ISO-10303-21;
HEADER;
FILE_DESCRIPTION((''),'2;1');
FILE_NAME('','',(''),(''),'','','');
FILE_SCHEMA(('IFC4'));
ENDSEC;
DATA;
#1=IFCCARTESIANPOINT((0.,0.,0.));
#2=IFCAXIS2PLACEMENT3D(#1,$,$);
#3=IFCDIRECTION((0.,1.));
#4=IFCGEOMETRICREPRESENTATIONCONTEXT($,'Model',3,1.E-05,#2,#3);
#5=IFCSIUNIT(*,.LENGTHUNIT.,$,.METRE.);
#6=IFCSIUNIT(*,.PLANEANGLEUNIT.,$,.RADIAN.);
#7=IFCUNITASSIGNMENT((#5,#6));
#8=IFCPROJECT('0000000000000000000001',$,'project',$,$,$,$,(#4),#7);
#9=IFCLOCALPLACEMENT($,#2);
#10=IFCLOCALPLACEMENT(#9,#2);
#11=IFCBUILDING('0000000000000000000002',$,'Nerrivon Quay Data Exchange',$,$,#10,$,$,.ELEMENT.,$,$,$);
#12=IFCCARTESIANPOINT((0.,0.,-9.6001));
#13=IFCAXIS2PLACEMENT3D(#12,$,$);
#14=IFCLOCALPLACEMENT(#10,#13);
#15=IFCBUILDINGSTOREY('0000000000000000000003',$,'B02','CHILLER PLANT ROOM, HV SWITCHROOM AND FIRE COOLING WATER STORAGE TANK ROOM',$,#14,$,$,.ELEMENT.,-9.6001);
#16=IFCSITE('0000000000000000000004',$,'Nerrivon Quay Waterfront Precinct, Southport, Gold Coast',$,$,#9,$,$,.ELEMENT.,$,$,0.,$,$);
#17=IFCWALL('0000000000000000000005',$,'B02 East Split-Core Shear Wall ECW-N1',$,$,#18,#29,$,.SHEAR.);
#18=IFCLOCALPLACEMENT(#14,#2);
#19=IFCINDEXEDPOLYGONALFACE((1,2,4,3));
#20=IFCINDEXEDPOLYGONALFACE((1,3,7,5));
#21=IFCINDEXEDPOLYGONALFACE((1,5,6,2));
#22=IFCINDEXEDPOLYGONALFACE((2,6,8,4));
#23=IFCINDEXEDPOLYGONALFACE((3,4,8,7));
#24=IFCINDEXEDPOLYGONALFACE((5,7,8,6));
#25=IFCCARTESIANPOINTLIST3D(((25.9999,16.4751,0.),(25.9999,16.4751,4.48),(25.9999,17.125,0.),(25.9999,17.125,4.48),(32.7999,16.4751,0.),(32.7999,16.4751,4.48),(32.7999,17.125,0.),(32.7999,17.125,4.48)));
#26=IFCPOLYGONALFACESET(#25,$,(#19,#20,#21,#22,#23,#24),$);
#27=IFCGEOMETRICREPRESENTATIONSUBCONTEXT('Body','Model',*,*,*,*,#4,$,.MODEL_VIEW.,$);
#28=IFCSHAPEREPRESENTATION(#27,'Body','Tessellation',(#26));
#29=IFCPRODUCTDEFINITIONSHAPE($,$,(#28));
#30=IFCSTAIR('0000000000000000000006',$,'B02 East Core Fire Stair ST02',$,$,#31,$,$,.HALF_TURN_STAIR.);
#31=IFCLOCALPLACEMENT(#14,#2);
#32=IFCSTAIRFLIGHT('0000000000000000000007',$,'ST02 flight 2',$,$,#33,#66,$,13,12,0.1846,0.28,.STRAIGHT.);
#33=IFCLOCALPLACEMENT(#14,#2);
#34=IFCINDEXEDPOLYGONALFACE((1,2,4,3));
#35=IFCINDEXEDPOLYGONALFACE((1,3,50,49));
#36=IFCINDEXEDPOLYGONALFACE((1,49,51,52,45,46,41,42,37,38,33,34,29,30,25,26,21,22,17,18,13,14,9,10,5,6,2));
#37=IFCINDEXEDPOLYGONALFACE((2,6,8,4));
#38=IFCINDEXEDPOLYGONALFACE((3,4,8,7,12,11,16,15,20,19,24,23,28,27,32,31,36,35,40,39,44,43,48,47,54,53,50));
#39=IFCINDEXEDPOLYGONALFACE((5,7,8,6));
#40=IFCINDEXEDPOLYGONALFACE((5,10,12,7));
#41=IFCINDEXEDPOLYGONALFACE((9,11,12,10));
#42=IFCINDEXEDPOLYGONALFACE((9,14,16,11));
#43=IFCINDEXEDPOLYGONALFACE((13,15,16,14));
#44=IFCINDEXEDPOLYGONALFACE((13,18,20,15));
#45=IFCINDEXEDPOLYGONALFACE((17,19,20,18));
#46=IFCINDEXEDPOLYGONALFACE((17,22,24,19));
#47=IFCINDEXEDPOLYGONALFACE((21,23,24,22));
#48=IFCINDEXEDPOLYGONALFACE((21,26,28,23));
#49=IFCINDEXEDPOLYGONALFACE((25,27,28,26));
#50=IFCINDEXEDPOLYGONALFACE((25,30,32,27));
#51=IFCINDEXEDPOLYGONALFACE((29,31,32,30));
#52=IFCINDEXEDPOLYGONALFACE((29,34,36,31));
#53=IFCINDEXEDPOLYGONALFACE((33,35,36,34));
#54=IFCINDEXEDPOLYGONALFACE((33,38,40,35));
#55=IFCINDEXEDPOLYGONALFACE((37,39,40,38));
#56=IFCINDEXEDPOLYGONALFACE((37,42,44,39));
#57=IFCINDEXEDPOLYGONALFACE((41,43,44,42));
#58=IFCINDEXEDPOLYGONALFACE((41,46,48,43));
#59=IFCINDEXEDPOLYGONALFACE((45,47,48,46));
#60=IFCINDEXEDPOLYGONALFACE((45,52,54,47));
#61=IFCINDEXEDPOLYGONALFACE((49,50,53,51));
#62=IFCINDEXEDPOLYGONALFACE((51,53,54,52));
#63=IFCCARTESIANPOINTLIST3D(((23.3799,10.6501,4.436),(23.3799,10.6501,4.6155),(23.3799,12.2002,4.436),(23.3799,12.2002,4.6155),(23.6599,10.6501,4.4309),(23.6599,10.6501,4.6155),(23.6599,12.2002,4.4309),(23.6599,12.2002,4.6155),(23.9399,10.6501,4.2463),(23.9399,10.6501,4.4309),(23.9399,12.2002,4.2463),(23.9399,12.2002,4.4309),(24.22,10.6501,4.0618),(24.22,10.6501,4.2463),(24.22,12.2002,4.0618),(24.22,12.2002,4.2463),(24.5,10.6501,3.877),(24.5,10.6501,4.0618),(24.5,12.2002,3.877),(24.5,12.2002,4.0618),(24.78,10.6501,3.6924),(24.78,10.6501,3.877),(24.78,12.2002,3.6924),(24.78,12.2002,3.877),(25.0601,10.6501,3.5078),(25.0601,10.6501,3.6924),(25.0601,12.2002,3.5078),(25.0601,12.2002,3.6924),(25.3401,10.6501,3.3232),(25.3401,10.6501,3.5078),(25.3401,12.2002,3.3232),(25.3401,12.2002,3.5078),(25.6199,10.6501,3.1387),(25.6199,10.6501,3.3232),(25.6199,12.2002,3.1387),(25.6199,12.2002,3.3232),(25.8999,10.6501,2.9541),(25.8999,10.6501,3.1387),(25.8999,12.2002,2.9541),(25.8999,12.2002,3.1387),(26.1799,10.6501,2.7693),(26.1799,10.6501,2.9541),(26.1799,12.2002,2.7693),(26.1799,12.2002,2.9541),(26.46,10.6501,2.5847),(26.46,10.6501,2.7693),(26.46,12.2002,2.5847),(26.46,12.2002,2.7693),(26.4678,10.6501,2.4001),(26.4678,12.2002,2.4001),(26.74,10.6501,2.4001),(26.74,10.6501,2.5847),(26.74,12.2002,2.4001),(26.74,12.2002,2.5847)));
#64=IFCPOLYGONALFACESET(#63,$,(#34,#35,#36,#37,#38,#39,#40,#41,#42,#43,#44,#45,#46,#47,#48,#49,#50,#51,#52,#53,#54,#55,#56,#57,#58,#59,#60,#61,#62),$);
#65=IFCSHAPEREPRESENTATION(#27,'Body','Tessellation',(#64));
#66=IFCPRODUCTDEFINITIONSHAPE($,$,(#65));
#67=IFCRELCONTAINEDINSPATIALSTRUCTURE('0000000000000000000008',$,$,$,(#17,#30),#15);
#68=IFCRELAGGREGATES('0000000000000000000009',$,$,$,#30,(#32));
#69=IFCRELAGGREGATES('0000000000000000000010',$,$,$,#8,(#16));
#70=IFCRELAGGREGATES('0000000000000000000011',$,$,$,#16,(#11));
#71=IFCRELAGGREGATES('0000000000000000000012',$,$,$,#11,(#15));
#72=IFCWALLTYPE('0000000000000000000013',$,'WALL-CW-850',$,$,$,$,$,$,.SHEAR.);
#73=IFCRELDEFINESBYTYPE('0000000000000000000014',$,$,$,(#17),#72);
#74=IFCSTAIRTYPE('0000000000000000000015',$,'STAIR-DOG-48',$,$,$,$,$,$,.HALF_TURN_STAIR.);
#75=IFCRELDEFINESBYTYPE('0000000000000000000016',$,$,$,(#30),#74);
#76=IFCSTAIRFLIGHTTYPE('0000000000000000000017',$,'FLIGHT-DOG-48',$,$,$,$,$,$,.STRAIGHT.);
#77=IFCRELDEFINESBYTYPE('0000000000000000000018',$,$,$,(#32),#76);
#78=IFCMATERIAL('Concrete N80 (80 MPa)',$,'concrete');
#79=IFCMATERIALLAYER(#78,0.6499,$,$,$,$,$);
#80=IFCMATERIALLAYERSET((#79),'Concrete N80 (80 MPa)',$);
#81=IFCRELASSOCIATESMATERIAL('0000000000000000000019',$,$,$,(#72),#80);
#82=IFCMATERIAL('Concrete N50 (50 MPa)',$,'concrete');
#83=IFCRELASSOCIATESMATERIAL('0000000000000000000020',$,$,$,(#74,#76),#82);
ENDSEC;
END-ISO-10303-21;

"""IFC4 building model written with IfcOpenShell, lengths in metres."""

from ifc_helpers import new_model, si_unit, direction, frame, frame_2d, origin, place, context, subcontext, project, spatial, polyline, rectangle, outline, extrude, material, layer, layer_set, type_object, element, aggregate, save


model = new_model("IFC4")

# Units and contexts
model_context = context("Model", 3, precision=1e-05, world=origin(), true_north=direction((0.0, 1.0)))
body_context = subcontext(model_context, "Body", "Model", "MODEL_VIEW")
ifc_project = project(units=[si_unit("LENGTHUNIT", "METRE"), si_unit("PLANEANGLEUNIT", "RADIAN")], contexts=[model_context])

# Site, building, storey
site_placement = place(None, origin())
site = spatial("IfcSite", under=ifc_project, at=site_placement, Name="Nerrivon Quay Waterfront Precinct, Southport, Gold Coast", CompositionType="ELEMENT", RefElevation=0.0)
building_placement = place(site_placement, origin())
building = spatial("IfcBuilding", under=site, at=building_placement, Name="Nerrivon Quay Data Exchange", CompositionType="ELEMENT")
storey_placement = place(building_placement, frame((0.0, 0.0, -9.6001)))
storey = spatial("IfcBuildingStorey", under=building, at=storey_placement, Name="B02", Description="CHILLER PLANT ROOM, HV SWITCHROOM AND FIRE COOLING WATER STORAGE TANK ROOM", CompositionType="ELEMENT", Elevation=-9.6001)

# Shared definitions
ifc_material_1 = material(Name="Concrete N50 (50 MPa)", Category="concrete")

# Shared definitions
ifc_material_2 = material(Name="Concrete N80 (80 MPa)", Category="concrete")

# Wall
ifc_layer_1 = layer(ifc_material_2, 0.6499)
ifc_layer_set_1 = layer_set([ifc_layer_1], Name="Concrete N80 (80 MPa)")
wall_type_1 = type_object("IfcWallType", Name="WALL-CW-850", PredefinedType="SHEAR", material=ifc_layer_set_1)
wall_1_placement = place(storey_placement, frame((26.0, 16.8, 0.0), z_axis=(0.0, 0.0, 1.0), x_axis=(1.0, 0.0, 0.0)))
element("IfcWall", 1, at=wall_1_placement, inside=storey, type_object=wall_type_1, Name="B02 East Split-Core Shear Wall ECW-N1", PredefinedType="SHEAR", context=body_context, shape_type="SweptSolid", body=[
    extrude(rectangle(XDim=6.8, YDim=0.6499, at=frame_2d((3.3999, 0.0))), origin(), (0.0, 0.0, 1.0), 4.48),
])

# Stair, stair flight
stair_type = type_object("IfcStairType", Name="STAIR-DOG-48", PredefinedType="HALF_TURN_STAIR", material=ifc_material_1)
stair_placement = place(storey_placement, origin())
stair = element("IfcStair", 2, at=stair_placement, inside=storey, type_object=stair_type, Name="B02 East Core Fire Stair ST02", PredefinedType="HALF_TURN_STAIR")
stair_flight_type = type_object("IfcStairFlightType", Name="FLIGHT-DOG-48", PredefinedType="STRAIGHT", material=ifc_material_1)
stair_flight_placement = place(storey_placement, frame((26.74, 11.425, 2.4001), z_axis=(0.0, 0.0, 1.0), x_axis=(-1.0, 0.0, 0.0)))
stair_flight = element("IfcStairFlight", 3, at=stair_flight_placement, type_object=stair_flight_type, Name="ST02 flight 2", NumberOfRisers=13, NumberOfTreads=12, PredefinedType="STRAIGHT", RiserHeight=0.1846, TreadLength=0.28, context=body_context, shape_type="SweptSolid", body=[
    extrude(outline(polyline([(0.0, 0.0), (0.0, 0.1846), (0.28, 0.1846), (0.28, 0.3691), (0.5601, 0.3691), (0.5601, 0.554), (0.8401, 0.554), (0.8401, 0.7385), (1.1201, 0.7385), (1.1201, 0.9231), (1.3999, 0.9231), (1.3999, 1.1077), (1.6799, 1.1077), (1.6799, 1.2922), (1.96, 1.2922), (1.96, 1.4768), (2.24, 1.4768), (2.24, 1.6616), (2.52, 1.6616), (2.52, 1.8462), (2.8, 1.8462), (2.8, 2.0308), (3.0801, 2.0308), (3.0801, 2.2153), (3.3601, 2.2153), (3.3601, 2.3999), (3.3601, 2.0359), (0.2722, 0.0), (0.0, 0.0)])), frame((0.0, 0.7749, 0.0), z_axis=(0.0, -1.0, 0.0), x_axis=(1.0, 0.0, 0.0)), (0.0, 0.0, 1.0), 1.55),
])
aggregate(stair, [stair_flight])

save(model, "model.ifc")
